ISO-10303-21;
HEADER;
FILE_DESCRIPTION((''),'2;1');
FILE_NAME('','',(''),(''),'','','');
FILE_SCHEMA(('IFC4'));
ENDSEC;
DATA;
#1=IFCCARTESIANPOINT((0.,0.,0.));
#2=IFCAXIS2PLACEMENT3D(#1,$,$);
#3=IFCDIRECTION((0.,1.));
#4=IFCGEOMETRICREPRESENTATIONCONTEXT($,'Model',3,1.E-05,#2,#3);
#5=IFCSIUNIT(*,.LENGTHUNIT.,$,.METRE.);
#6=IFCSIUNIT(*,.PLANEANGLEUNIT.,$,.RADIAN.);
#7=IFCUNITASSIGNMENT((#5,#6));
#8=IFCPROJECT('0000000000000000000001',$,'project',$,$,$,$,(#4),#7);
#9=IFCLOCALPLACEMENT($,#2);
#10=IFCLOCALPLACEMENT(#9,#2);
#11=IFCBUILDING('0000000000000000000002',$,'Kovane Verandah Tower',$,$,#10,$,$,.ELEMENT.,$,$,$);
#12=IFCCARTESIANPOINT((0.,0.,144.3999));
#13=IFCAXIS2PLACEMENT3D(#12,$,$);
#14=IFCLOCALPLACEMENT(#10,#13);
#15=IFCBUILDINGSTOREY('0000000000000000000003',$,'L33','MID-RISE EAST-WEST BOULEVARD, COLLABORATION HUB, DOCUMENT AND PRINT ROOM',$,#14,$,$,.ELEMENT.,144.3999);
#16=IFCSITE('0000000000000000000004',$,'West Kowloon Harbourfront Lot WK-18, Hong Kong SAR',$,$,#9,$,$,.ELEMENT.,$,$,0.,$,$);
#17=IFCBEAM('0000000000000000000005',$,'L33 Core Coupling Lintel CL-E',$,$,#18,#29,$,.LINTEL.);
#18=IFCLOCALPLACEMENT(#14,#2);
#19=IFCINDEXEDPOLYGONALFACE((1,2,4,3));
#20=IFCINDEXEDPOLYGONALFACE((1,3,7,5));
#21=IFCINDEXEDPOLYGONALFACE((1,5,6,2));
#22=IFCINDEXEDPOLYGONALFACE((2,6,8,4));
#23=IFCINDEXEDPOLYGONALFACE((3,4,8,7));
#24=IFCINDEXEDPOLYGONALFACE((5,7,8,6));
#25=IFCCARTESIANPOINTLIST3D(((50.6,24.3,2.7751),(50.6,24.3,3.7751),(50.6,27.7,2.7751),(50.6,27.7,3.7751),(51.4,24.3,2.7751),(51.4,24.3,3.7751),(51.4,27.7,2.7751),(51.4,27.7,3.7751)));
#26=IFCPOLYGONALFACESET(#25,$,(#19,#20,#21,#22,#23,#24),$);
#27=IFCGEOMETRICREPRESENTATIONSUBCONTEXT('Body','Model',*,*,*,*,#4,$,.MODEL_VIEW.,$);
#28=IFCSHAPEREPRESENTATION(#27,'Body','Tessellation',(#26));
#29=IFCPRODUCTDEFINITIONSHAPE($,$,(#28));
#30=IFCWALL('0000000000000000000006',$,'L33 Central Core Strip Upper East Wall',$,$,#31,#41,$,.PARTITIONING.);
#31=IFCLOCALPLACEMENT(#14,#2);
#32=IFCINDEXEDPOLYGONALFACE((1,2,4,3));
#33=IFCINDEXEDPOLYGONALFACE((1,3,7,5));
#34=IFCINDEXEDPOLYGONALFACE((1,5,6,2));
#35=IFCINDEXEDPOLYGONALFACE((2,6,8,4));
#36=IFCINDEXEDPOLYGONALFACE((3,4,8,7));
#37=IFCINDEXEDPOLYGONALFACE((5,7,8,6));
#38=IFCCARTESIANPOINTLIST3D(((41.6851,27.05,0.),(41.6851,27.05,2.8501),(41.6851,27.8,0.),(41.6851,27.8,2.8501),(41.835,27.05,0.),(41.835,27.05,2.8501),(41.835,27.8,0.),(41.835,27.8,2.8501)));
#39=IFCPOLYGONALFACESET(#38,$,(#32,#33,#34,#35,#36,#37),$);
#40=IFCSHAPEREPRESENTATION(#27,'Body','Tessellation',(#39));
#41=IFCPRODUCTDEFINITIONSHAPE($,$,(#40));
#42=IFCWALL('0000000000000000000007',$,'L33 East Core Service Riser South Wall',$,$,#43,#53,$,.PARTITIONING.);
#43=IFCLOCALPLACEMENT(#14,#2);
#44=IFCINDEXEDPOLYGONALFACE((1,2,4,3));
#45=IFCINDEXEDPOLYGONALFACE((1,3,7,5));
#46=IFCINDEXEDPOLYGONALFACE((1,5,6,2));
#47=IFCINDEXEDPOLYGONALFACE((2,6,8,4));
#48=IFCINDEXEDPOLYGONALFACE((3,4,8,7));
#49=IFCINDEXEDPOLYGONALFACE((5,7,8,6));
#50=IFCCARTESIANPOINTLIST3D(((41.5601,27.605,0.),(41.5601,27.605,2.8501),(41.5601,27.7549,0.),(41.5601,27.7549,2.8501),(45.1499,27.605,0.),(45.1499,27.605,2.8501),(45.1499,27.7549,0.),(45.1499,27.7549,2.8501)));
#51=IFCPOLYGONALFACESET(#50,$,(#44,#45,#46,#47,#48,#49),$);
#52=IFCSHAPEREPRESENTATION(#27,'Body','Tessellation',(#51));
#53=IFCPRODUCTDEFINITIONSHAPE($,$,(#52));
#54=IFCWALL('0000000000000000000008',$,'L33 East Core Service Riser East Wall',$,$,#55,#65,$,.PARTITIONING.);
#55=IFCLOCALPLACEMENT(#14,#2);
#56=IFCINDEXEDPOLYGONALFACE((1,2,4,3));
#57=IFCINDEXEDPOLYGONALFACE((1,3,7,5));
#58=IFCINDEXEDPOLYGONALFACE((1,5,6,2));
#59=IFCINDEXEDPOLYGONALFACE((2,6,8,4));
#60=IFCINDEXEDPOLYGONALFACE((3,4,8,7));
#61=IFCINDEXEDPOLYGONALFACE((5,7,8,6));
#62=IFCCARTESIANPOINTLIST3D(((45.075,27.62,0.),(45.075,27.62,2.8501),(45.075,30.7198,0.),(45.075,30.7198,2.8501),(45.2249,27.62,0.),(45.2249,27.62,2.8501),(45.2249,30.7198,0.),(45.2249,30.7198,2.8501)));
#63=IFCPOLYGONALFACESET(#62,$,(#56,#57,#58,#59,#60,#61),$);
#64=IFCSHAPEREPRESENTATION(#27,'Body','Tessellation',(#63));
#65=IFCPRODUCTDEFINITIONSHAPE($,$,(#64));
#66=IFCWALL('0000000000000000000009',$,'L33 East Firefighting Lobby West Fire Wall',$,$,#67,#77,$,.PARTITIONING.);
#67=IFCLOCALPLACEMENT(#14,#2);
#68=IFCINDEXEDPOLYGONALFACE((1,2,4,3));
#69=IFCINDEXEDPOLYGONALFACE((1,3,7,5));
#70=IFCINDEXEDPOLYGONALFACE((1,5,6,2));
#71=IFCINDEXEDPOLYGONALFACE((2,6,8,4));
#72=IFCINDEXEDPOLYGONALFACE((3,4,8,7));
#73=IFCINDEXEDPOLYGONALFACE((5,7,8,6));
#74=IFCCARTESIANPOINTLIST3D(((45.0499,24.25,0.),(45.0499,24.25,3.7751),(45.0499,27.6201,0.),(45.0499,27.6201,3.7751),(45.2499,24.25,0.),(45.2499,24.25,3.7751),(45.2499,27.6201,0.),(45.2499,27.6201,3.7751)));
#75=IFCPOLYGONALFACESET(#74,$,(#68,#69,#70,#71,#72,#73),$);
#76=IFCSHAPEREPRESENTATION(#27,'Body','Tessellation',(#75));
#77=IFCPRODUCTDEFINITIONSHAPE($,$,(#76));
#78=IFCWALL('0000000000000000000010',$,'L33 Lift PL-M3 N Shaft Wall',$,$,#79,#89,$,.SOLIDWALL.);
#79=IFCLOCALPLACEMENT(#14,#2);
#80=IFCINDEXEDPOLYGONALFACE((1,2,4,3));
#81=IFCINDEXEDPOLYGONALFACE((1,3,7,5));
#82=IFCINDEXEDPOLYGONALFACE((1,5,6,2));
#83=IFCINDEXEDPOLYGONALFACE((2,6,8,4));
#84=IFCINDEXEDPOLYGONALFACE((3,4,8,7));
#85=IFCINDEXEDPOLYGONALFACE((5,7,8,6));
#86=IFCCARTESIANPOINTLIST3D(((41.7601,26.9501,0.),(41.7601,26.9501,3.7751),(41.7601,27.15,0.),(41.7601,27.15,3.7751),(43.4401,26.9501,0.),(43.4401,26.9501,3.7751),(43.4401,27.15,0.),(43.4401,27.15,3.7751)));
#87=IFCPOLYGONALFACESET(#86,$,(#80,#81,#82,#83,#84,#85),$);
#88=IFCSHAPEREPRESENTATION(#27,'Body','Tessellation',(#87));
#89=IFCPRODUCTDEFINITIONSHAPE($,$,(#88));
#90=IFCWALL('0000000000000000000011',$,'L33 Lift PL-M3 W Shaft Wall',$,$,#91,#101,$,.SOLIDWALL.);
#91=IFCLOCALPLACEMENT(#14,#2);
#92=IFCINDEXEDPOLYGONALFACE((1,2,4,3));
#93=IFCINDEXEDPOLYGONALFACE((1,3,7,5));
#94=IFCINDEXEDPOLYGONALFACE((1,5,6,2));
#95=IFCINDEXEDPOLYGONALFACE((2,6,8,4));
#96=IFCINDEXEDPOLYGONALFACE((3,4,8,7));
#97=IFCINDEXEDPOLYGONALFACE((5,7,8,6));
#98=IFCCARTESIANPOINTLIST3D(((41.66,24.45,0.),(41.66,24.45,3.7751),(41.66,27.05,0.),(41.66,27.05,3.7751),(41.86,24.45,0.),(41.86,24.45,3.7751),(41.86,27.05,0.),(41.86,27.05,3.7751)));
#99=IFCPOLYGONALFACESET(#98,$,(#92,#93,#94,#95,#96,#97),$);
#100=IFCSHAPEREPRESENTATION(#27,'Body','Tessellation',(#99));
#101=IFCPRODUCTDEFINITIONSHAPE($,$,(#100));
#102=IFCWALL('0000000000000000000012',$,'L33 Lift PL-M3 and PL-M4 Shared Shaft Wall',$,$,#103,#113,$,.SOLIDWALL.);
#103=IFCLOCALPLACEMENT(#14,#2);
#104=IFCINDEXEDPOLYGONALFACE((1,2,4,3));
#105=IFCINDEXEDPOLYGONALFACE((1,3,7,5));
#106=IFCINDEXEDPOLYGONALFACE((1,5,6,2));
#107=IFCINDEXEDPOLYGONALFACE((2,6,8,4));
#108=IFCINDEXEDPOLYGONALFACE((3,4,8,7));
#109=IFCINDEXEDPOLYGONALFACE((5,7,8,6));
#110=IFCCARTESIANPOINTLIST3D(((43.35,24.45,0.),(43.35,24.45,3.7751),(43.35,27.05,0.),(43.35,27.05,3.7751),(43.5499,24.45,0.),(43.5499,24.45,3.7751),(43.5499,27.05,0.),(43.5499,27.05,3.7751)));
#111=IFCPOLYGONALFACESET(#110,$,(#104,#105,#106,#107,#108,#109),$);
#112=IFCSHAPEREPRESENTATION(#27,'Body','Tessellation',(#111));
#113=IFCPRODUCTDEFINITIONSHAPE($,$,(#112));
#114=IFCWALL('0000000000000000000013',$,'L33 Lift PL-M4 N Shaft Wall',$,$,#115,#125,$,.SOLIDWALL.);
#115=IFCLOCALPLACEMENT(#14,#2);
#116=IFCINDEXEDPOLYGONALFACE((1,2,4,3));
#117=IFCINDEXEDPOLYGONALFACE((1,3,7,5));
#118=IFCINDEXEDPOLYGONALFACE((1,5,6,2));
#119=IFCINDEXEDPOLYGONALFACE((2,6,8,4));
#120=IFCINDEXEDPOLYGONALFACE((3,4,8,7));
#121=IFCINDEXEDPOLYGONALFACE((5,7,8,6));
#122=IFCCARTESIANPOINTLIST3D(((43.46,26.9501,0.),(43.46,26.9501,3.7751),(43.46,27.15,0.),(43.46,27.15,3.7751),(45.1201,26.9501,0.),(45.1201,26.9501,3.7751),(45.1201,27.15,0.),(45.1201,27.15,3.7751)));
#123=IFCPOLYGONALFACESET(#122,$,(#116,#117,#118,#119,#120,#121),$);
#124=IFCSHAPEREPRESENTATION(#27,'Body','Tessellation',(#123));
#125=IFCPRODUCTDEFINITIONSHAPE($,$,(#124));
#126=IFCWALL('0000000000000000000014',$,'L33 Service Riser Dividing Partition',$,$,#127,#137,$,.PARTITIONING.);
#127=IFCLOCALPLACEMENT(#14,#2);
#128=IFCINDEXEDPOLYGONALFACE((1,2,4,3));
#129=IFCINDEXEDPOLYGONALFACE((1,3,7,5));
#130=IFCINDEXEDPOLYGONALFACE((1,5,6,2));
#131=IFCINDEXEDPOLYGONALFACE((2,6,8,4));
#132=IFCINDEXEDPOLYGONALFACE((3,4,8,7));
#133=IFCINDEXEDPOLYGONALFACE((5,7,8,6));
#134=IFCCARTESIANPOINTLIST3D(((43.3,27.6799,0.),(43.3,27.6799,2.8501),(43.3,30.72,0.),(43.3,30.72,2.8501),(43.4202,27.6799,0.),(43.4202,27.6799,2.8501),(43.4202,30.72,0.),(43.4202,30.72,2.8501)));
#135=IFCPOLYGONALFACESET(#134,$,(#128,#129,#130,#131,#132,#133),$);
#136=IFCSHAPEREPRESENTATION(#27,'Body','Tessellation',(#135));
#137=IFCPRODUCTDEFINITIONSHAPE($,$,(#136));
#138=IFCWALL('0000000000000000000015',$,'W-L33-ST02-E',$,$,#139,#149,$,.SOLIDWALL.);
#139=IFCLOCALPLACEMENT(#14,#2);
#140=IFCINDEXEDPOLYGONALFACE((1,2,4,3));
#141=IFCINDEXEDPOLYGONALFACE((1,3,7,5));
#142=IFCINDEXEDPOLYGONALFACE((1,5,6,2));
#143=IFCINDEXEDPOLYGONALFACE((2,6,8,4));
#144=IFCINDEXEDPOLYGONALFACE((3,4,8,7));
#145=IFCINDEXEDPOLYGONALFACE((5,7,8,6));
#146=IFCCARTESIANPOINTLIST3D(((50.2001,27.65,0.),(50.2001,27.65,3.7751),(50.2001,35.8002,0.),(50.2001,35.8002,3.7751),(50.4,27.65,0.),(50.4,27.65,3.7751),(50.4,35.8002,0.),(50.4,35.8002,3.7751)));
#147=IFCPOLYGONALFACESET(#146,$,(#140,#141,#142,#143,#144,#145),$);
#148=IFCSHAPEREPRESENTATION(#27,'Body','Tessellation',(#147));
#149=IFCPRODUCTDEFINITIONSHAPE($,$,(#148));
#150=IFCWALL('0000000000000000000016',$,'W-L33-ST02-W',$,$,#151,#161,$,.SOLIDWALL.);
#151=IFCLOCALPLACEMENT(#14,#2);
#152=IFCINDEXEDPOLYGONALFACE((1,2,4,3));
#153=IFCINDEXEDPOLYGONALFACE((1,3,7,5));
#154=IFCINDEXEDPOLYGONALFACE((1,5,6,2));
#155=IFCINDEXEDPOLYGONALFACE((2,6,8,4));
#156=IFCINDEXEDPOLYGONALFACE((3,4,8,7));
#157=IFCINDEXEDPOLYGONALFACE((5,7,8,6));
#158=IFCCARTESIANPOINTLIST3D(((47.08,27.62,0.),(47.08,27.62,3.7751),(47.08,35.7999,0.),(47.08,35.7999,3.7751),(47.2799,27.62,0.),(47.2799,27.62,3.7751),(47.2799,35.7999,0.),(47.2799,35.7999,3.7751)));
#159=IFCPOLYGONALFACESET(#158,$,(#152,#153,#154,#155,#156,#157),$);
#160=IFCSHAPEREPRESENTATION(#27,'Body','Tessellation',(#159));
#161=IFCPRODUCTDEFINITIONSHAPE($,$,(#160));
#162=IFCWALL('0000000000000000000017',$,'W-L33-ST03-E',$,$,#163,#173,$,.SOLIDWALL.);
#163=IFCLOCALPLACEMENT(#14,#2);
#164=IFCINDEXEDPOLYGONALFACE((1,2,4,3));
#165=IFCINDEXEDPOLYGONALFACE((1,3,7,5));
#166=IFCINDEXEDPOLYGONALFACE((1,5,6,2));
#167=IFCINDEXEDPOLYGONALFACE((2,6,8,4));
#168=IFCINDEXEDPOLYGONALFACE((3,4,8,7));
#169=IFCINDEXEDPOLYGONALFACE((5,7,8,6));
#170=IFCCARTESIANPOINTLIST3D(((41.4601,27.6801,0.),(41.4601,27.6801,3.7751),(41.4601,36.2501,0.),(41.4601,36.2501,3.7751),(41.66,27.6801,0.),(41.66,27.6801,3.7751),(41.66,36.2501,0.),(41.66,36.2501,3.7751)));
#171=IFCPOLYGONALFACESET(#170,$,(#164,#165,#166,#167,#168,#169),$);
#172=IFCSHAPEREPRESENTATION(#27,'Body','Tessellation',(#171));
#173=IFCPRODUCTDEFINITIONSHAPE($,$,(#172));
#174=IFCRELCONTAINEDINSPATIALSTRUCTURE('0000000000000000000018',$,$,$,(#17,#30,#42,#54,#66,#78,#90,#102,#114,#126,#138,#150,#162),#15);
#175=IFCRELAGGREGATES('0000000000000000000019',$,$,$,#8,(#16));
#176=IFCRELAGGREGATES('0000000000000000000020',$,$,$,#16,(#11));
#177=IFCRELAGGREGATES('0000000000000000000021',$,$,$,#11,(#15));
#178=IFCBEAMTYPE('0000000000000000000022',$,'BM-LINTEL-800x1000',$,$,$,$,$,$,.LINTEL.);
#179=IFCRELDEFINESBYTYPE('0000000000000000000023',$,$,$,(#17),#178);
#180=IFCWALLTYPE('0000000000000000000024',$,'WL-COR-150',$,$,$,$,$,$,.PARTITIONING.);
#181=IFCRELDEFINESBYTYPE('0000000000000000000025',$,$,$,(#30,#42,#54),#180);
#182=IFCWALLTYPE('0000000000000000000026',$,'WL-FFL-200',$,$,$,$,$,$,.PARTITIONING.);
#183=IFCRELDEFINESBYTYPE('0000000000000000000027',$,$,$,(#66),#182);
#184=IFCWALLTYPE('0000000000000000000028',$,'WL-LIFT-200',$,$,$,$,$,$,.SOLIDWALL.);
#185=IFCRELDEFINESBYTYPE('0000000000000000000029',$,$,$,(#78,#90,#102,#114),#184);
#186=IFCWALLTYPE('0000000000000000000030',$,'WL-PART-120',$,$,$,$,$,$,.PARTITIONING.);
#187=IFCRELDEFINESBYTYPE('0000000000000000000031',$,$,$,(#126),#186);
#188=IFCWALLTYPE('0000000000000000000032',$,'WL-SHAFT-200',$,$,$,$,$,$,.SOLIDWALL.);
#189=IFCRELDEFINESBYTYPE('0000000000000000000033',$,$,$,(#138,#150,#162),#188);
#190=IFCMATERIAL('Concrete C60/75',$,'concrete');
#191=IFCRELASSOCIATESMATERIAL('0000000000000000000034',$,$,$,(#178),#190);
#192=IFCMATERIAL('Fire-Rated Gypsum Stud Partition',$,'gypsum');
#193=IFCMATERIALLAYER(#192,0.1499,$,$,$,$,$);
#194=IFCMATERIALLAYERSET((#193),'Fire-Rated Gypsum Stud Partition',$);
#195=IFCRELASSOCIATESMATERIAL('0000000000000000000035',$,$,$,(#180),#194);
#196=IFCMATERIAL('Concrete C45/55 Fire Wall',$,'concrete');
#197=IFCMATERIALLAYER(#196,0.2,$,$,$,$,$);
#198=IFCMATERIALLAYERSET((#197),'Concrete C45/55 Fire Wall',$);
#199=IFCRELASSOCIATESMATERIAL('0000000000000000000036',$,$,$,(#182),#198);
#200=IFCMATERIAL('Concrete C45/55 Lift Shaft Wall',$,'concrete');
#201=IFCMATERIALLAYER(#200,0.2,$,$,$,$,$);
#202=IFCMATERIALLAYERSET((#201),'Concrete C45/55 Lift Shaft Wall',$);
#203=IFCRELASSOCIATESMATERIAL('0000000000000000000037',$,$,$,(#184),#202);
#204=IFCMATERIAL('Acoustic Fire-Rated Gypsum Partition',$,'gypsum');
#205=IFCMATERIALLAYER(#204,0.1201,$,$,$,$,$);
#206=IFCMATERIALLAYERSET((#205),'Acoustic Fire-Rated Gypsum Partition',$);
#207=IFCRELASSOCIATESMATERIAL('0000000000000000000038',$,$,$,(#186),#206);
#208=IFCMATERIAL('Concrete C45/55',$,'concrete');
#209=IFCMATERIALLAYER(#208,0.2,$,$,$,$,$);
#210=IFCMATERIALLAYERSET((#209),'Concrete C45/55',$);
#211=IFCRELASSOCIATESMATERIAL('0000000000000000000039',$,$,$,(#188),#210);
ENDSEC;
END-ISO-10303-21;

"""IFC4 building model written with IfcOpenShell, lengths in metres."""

from ifc_helpers import new_model, si_unit, direction, frame, frame_2d, origin, origin_2d, place, context, subcontext, project, spatial, rectangle, extrude, material, layer, layer_set, material_profile, profile_set, type_object, element, save


model = new_model("IFC4")

# Units and contexts
model_context = context("Model", 3, precision=1e-05, world=origin(), true_north=direction((0.0, 1.0)))
body_context = subcontext(model_context, "Body", "Model", "MODEL_VIEW")
ifc_project = project(units=[si_unit("LENGTHUNIT", "METRE"), si_unit("PLANEANGLEUNIT", "RADIAN")], contexts=[model_context])

# Site, building, storey
site_placement = place(None, origin())
site = spatial("IfcSite", under=ifc_project, at=site_placement, Name="West Kowloon Harbourfront Lot WK-18, Hong Kong SAR", CompositionType="ELEMENT", RefElevation=0.0)
building_placement = place(site_placement, origin())
building = spatial("IfcBuilding", under=site, at=building_placement, Name="Kovane Verandah Tower", CompositionType="ELEMENT")
storey_placement = place(building_placement, frame((0.0, 0.0, 144.3999)))
storey = spatial("IfcBuildingStorey", under=building, at=storey_placement, Name="L33", Description="MID-RISE EAST-WEST BOULEVARD, COLLABORATION HUB, DOCUMENT AND PRINT ROOM", CompositionType="ELEMENT", Elevation=144.3999)

# Beam
ifc_material_1 = material(Name="Concrete C60/75", Category="concrete")
ifc_material_profile = material_profile(ifc_material_1, rectangle(XDim=0.8, YDim=1.0, at=origin_2d()), Name="RCB800x1000")
ifc_profile_set = profile_set([ifc_material_profile], Name="Concrete C60/75")
beam_type = type_object("IfcBeamType", Name="BM-LINTEL-800x1000", PredefinedType="LINTEL", material=ifc_profile_set)
beam_placement = place(storey_placement, frame((51.0, 24.3, 3.2751), z_axis=(0.0, 1.0, 0.0), x_axis=(-1.0, 0.0, 0.0)))
element("IfcBeam", 1, at=beam_placement, inside=storey, type_object=beam_type, Name="L33 Core Coupling Lintel CL-E", PredefinedType="LINTEL", context=body_context, shape_type="SweptSolid", body=[
    extrude(rectangle(XDim=0.8, YDim=1.0, at=origin_2d()), origin(), (0.0, 0.0, 1.0), 3.3999),
])

# Walls
ifc_material_2 = material(Name="Fire-Rated Gypsum Stud Partition", Category="gypsum")
ifc_layer_1 = layer(ifc_material_2, 0.1499)
ifc_layer_set_1 = layer_set([ifc_layer_1], Name="Fire-Rated Gypsum Stud Partition")
wall_type_1 = type_object("IfcWallType", Name="WL-COR-150", PredefinedType="PARTITIONING", material=ifc_layer_set_1)
wall_1_placement = place(storey_placement, frame((41.76, 27.05, 0.0), z_axis=(0.0, 0.0, 1.0), x_axis=(0.0, 1.0, 0.0)))
element("IfcWall", 2, at=wall_1_placement, inside=storey, type_object=wall_type_1, Name="L33 Central Core Strip Upper East Wall", PredefinedType="PARTITIONING", context=body_context, shape_type="SweptSolid", body=[
    extrude(rectangle(XDim=0.75, YDim=0.1499, at=frame_2d((0.375, 0.0))), origin(), (0.0, 0.0, 1.0), 2.8501),
])
wall_2_placement = place(storey_placement, frame((41.5601, 27.6799, 0.0), z_axis=(0.0, 0.0, 1.0), x_axis=(1.0, 0.0, 0.0)))
element("IfcWall", 3, at=wall_2_placement, inside=storey, type_object=wall_type_1, Name="L33 East Core Service Riser South Wall", PredefinedType="PARTITIONING", context=body_context, shape_type="SweptSolid", body=[
    extrude(rectangle(XDim=3.5898, YDim=0.1499, at=frame_2d((1.7949, 0.0))), origin(), (0.0, 0.0, 1.0), 2.8501),
])
wall_3_placement = place(storey_placement, frame((45.1499, 27.6201, 0.0), z_axis=(0.0, 0.0, 1.0), x_axis=(0.0, 1.0, 0.0)))
element("IfcWall", 4, at=wall_3_placement, inside=storey, type_object=wall_type_1, Name="L33 East Core Service Riser East Wall", PredefinedType="PARTITIONING", context=body_context, shape_type="SweptSolid", body=[
    extrude(rectangle(XDim=3.0999, YDim=0.1499, at=frame_2d((1.5498, 0.0))), origin(), (0.0, 0.0, 1.0), 2.8501),
])
ifc_material_3 = material(Name="Concrete C45/55 Fire Wall", Category="concrete")
ifc_layer_2 = layer(ifc_material_3, 0.2)
ifc_layer_set_2 = layer_set([ifc_layer_2], Name="Concrete C45/55 Fire Wall")
wall_type_2 = type_object("IfcWallType", Name="WL-FFL-200", PredefinedType="PARTITIONING", material=ifc_layer_set_2)
wall_4_placement = place(storey_placement, frame((45.1499, 24.25, 0.0), z_axis=(0.0, 0.0, 1.0), x_axis=(0.0, 1.0, 0.0)))
element("IfcWall", 5, at=wall_4_placement, inside=storey, type_object=wall_type_2, Name="L33 East Firefighting Lobby West Fire Wall", PredefinedType="PARTITIONING", context=body_context, shape_type="SweptSolid", body=[
    extrude(rectangle(XDim=3.3701, YDim=0.2, at=frame_2d((1.6851, 0.0))), origin(), (0.0, 0.0, 1.0), 3.7751),
])

# Shared definitions
ifc_material_4 = material(Name="Concrete C45/55 Lift Shaft Wall", Category="concrete")
ifc_layer_3 = layer(ifc_material_4, 0.2)
ifc_layer_set_3 = layer_set([ifc_layer_3], Name="Concrete C45/55 Lift Shaft Wall")
wall_type_3 = type_object("IfcWallType", Name="WL-LIFT-200", PredefinedType="SOLIDWALL", material=ifc_layer_set_3)

# Walls
wall_5_placement = place(storey_placement, frame((43.4399, 27.05, 0.0), z_axis=(0.0, 0.0, 1.0), x_axis=(-1.0, 0.0, 0.0)))
element("IfcWall", 6, at=wall_5_placement, inside=storey, type_object=wall_type_3, Name="L33 Lift PL-M3 N Shaft Wall", PredefinedType="SOLIDWALL", context=body_context, shape_type="SweptSolid", body=[
    extrude(rectangle(XDim=1.6799, YDim=0.2, at=frame_2d((0.8398, 0.0))), origin(), (0.0, 0.0, 1.0), 3.7751),
])
for number, where, z_axis, x_axis, name in (
    (7, (41.76, 27.05, 0.0), (0.0, 0.0, 1.0), (0.0, -1.0, 0.0), "L33 Lift PL-M3 W Shaft Wall"),
    (8, (43.45, 24.45, 0.0), (0.0, 0.0, 1.0), (0.0, 1.0, 0.0), "L33 Lift PL-M3 and PL-M4 Shared Shaft Wall"),
):
    element("IfcWall", number, at=place(storey_placement, frame(where, z_axis=z_axis, x_axis=x_axis)), inside=storey, type_object=wall_type_3, Name=name, PredefinedType="SOLIDWALL", context=body_context, shape_type="SweptSolid", body=[
        extrude(rectangle(XDim=2.6001, YDim=0.2, at=frame_2d((1.3, 0.0))), origin(), (0.0, 0.0, 1.0), 3.7751),
    ])

# Walls
wall_6_placement = place(storey_placement, frame((45.1201, 27.05, 0.0), z_axis=(0.0, 0.0, 1.0), x_axis=(-1.0, 0.0, 0.0)))
element("IfcWall", 9, at=wall_6_placement, inside=storey, type_object=wall_type_3, Name="L33 Lift PL-M4 N Shaft Wall", PredefinedType="SOLIDWALL", context=body_context, shape_type="SweptSolid", body=[
    extrude(rectangle(XDim=1.6602, YDim=0.2, at=frame_2d((0.8301, 0.0))), origin(), (0.0, 0.0, 1.0), 3.7751),
])
ifc_material_5 = material(Name="Acoustic Fire-Rated Gypsum Partition", Category="gypsum")
ifc_layer_4 = layer(ifc_material_5, 0.1201)
ifc_layer_set_4 = layer_set([ifc_layer_4], Name="Acoustic Fire-Rated Gypsum Partition")
wall_type_4 = type_object("IfcWallType", Name="WL-PART-120", PredefinedType="PARTITIONING", material=ifc_layer_set_4)
wall_7_placement = place(storey_placement, frame((43.3601, 27.6799, 0.0), z_axis=(0.0, 0.0, 1.0), x_axis=(0.0, 1.0, 0.0)))
element("IfcWall", 10, at=wall_7_placement, inside=storey, type_object=wall_type_4, Name="L33 Service Riser Dividing Partition", PredefinedType="PARTITIONING", context=body_context, shape_type="SweptSolid", body=[
    extrude(rectangle(XDim=3.04, YDim=0.1201, at=frame_2d((1.52, 0.0))), origin(), (0.0, 0.0, 1.0), 2.8501),
])
ifc_material_6 = material(Name="Concrete C45/55", Category="concrete")
ifc_layer_5 = layer(ifc_material_6, 0.2)
ifc_layer_set_5 = layer_set([ifc_layer_5], Name="Concrete C45/55")
wall_type_5 = type_object("IfcWallType", Name="WL-SHAFT-200", PredefinedType="SOLIDWALL", material=ifc_layer_set_5)
wall_8_placement = place(storey_placement, frame((50.3, 27.6499, 0.0), z_axis=(0.0, 0.0, 1.0), x_axis=(0.0, 1.0, 0.0)))
element("IfcWall", 11, at=wall_8_placement, inside=storey, type_object=wall_type_5, Name="W-L33-ST02-E", PredefinedType="SOLIDWALL", context=body_context, shape_type="SweptSolid", body=[
    extrude(rectangle(XDim=8.1501, YDim=0.2, at=frame_2d((4.0752, 0.0))), origin(), (0.0, 0.0, 1.0), 3.7751),
])
wall_9_placement = place(storey_placement, frame((47.1799, 27.6201, 0.0), z_axis=(0.0, 0.0, 1.0), x_axis=(0.0, 1.0, 0.0)))
element("IfcWall", 12, at=wall_9_placement, inside=storey, type_object=wall_type_5, Name="W-L33-ST02-W", PredefinedType="SOLIDWALL", context=body_context, shape_type="SweptSolid", body=[
    extrude(rectangle(XDim=8.1799, YDim=0.2, at=frame_2d((4.0898, 0.0))), origin(), (0.0, 0.0, 1.0), 3.7751),
])

# Wall
wall_10_placement = place(storey_placement, frame((41.5601, 27.6799, 0.0), z_axis=(0.0, 0.0, 1.0), x_axis=(0.0, 1.0, 0.0)))
element("IfcWall", 13, at=wall_10_placement, inside=storey, type_object=wall_type_5, Name="W-L33-ST03-E", PredefinedType="SOLIDWALL", context=body_context, shape_type="SweptSolid", body=[
    extrude(rectangle(XDim=8.5701, YDim=0.2, at=frame_2d((4.2852, 0.0))), origin(), (0.0, 0.0, 1.0), 3.7751),
])

save(model, "model.ifc")
